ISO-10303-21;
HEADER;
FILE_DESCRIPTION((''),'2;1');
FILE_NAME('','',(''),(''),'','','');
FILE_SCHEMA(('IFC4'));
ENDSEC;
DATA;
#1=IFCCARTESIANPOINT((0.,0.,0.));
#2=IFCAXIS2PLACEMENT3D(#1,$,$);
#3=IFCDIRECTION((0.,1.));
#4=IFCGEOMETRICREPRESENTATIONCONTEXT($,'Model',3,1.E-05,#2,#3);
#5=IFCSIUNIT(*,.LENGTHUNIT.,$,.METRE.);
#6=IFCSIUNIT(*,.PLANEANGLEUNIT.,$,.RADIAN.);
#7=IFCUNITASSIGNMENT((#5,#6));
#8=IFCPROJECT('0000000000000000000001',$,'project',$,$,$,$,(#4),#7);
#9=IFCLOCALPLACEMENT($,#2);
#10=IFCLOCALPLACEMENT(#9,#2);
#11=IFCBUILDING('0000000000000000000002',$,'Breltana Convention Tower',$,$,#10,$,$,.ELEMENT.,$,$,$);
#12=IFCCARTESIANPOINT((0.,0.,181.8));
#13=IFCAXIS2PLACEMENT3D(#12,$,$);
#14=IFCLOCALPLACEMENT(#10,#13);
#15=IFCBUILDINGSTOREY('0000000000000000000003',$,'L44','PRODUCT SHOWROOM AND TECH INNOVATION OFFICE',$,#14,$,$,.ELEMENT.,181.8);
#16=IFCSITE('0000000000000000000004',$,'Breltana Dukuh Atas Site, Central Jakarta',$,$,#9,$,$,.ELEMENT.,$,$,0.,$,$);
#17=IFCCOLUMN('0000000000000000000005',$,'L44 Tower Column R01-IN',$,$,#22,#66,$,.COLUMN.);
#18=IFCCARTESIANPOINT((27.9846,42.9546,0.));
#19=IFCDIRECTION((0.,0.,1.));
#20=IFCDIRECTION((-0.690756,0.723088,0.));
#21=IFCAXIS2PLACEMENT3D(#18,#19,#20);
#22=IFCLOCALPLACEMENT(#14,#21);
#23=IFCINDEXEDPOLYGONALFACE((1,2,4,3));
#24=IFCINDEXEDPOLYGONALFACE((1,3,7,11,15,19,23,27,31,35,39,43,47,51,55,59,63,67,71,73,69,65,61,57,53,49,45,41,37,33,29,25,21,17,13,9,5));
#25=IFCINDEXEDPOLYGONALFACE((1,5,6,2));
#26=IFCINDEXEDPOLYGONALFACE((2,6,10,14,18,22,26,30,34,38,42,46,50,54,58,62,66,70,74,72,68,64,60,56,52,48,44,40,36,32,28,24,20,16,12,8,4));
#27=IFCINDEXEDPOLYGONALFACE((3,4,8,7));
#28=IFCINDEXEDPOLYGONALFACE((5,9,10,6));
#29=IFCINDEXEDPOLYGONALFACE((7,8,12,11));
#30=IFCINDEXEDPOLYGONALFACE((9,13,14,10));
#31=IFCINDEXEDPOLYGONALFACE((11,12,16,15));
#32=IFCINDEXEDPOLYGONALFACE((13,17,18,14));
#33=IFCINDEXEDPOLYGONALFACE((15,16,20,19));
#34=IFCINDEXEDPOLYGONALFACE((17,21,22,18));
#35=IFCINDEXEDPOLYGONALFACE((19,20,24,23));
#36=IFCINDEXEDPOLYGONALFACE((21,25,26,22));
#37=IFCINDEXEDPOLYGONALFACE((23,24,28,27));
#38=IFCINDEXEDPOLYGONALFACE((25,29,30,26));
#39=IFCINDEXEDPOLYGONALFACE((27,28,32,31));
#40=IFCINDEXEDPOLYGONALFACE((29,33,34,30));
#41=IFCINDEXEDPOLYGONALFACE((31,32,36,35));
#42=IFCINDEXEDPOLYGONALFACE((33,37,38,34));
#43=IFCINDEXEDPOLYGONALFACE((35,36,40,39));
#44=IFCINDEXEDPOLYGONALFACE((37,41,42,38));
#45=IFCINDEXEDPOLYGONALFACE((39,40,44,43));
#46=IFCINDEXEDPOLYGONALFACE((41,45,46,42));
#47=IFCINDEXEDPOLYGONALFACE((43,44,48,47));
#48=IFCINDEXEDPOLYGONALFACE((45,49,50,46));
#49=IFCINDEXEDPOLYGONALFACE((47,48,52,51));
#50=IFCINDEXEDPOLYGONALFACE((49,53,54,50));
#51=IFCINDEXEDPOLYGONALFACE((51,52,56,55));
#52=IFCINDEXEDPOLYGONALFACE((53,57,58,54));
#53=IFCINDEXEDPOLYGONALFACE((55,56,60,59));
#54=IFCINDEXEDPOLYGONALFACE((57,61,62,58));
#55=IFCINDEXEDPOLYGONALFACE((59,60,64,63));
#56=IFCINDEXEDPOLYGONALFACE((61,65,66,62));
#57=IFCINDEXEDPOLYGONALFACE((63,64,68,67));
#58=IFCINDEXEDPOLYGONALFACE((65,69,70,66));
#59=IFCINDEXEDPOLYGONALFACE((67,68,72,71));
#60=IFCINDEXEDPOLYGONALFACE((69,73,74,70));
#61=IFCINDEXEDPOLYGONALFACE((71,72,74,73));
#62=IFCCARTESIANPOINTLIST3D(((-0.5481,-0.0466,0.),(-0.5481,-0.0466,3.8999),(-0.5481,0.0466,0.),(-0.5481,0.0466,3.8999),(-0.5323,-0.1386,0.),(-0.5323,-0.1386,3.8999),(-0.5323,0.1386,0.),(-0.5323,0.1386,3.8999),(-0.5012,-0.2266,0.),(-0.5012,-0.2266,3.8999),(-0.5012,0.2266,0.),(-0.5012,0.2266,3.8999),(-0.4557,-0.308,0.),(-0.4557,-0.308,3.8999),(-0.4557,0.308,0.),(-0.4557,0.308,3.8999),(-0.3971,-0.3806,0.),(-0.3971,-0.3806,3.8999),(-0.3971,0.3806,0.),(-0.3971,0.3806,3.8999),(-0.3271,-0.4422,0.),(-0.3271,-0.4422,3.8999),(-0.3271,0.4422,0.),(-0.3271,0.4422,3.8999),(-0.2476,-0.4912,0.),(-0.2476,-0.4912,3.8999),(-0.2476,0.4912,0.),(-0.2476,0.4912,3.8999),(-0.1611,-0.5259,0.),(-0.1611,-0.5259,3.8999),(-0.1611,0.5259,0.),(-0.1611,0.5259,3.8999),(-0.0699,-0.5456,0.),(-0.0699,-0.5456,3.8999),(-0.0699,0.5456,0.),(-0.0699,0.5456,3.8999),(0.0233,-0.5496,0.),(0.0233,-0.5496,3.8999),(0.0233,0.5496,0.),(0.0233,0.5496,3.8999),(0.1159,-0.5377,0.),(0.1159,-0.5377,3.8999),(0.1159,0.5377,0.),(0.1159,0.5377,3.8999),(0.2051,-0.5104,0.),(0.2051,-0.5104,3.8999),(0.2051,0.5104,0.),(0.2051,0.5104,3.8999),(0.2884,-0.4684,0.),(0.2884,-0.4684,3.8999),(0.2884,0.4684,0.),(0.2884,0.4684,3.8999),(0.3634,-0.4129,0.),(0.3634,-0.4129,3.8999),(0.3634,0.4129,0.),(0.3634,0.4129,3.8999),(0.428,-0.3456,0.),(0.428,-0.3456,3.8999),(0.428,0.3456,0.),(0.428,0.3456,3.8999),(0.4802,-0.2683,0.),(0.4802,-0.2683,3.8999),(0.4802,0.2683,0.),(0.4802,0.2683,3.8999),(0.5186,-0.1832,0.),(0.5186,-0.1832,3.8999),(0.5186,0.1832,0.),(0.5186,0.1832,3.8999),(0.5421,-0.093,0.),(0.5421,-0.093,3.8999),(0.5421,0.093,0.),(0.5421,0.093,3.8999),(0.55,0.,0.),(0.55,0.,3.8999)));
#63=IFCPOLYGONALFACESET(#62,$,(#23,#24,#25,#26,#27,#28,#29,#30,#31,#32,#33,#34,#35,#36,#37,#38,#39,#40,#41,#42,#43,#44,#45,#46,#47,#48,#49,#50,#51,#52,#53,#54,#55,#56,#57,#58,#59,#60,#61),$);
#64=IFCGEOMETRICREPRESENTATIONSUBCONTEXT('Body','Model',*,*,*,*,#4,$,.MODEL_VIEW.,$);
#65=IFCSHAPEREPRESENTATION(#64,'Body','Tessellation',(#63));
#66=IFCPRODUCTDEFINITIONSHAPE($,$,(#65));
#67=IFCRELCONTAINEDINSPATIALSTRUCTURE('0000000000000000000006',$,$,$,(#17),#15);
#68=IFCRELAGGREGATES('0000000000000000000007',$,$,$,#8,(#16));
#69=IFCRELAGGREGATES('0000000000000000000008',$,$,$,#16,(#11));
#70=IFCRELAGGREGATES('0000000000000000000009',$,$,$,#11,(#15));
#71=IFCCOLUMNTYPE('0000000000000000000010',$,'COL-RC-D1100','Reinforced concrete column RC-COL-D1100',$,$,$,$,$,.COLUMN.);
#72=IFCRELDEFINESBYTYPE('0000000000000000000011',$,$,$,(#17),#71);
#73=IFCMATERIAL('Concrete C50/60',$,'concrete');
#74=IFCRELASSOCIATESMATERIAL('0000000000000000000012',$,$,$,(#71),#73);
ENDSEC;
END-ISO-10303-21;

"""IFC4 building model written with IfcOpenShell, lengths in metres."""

from ifc_helpers import new_model, si_unit, direction, frame, origin, origin_2d, place, context, subcontext, project, spatial, circle, extrude, source, transform, mapped, material, material_profile, profile_set, type_object, element, save


model = new_model("IFC4")

# Units and contexts
model_context = context("Model", 3, precision=1e-05, world=origin(), true_north=direction((0.0, 1.0)))
body_context = subcontext(model_context, "Body", "Model", "MODEL_VIEW")
ifc_project = project(units=[si_unit("LENGTHUNIT", "METRE"), si_unit("PLANEANGLEUNIT", "RADIAN")], contexts=[model_context])

# Site, building, storey
site_placement = place(None, origin())
site = spatial("IfcSite", under=ifc_project, at=site_placement, Name="Breltana Dukuh Atas Site, Central Jakarta", CompositionType="ELEMENT", RefElevation=0.0)
building_placement = place(site_placement, origin())
building = spatial("IfcBuilding", under=site, at=building_placement, Name="Breltana Convention Tower", CompositionType="ELEMENT")
storey_placement = place(building_placement, frame((0.0, 0.0, 181.8)))
storey = spatial("IfcBuildingStorey", under=building, at=storey_placement, Name="L44", Description="PRODUCT SHOWROOM AND TECH INNOVATION OFFICE", CompositionType="ELEMENT", Elevation=181.8)

# Column
ifc_material_1 = material(Name="Concrete C50/60", Category="concrete")
ifc_material_profile_1 = material_profile(ifc_material_1, circle(Radius=0.55, at=origin_2d()), Name="RC-COL-D1100")
ifc_profile_set_1 = profile_set([ifc_material_profile_1], Name="Concrete C50/60")
column_type = type_object("IfcColumnType", Name="COL-RC-D1100", Description="Reinforced concrete column RC-COL-D1100", PredefinedType="COLUMN", material=ifc_profile_set_1)
shared_shape_1 = source(origin(), body_context, "Body", "SweptSolid", [
    extrude(circle(Radius=0.55, at=origin_2d()), origin(), (0.0, 0.0, 1.0), 3.8999),
])
column_placement = place(storey_placement, frame((27.9846, 42.9546, 0.0), z_axis=(0.0, 0.0, 1.0), x_axis=(-0.690756, 0.723088, 0.0)))
element("IfcColumn", 1, at=column_placement, inside=storey, type_object=column_type, Name="L44 Tower Column R01-IN", PredefinedType="COLUMN", context=body_context, shape_type="MappedRepresentation", body=[
    mapped(shared_shape_1, transform((0.0, 0.0, 0.0), scale=1.0)),
])

save(model, "model.ifc")
